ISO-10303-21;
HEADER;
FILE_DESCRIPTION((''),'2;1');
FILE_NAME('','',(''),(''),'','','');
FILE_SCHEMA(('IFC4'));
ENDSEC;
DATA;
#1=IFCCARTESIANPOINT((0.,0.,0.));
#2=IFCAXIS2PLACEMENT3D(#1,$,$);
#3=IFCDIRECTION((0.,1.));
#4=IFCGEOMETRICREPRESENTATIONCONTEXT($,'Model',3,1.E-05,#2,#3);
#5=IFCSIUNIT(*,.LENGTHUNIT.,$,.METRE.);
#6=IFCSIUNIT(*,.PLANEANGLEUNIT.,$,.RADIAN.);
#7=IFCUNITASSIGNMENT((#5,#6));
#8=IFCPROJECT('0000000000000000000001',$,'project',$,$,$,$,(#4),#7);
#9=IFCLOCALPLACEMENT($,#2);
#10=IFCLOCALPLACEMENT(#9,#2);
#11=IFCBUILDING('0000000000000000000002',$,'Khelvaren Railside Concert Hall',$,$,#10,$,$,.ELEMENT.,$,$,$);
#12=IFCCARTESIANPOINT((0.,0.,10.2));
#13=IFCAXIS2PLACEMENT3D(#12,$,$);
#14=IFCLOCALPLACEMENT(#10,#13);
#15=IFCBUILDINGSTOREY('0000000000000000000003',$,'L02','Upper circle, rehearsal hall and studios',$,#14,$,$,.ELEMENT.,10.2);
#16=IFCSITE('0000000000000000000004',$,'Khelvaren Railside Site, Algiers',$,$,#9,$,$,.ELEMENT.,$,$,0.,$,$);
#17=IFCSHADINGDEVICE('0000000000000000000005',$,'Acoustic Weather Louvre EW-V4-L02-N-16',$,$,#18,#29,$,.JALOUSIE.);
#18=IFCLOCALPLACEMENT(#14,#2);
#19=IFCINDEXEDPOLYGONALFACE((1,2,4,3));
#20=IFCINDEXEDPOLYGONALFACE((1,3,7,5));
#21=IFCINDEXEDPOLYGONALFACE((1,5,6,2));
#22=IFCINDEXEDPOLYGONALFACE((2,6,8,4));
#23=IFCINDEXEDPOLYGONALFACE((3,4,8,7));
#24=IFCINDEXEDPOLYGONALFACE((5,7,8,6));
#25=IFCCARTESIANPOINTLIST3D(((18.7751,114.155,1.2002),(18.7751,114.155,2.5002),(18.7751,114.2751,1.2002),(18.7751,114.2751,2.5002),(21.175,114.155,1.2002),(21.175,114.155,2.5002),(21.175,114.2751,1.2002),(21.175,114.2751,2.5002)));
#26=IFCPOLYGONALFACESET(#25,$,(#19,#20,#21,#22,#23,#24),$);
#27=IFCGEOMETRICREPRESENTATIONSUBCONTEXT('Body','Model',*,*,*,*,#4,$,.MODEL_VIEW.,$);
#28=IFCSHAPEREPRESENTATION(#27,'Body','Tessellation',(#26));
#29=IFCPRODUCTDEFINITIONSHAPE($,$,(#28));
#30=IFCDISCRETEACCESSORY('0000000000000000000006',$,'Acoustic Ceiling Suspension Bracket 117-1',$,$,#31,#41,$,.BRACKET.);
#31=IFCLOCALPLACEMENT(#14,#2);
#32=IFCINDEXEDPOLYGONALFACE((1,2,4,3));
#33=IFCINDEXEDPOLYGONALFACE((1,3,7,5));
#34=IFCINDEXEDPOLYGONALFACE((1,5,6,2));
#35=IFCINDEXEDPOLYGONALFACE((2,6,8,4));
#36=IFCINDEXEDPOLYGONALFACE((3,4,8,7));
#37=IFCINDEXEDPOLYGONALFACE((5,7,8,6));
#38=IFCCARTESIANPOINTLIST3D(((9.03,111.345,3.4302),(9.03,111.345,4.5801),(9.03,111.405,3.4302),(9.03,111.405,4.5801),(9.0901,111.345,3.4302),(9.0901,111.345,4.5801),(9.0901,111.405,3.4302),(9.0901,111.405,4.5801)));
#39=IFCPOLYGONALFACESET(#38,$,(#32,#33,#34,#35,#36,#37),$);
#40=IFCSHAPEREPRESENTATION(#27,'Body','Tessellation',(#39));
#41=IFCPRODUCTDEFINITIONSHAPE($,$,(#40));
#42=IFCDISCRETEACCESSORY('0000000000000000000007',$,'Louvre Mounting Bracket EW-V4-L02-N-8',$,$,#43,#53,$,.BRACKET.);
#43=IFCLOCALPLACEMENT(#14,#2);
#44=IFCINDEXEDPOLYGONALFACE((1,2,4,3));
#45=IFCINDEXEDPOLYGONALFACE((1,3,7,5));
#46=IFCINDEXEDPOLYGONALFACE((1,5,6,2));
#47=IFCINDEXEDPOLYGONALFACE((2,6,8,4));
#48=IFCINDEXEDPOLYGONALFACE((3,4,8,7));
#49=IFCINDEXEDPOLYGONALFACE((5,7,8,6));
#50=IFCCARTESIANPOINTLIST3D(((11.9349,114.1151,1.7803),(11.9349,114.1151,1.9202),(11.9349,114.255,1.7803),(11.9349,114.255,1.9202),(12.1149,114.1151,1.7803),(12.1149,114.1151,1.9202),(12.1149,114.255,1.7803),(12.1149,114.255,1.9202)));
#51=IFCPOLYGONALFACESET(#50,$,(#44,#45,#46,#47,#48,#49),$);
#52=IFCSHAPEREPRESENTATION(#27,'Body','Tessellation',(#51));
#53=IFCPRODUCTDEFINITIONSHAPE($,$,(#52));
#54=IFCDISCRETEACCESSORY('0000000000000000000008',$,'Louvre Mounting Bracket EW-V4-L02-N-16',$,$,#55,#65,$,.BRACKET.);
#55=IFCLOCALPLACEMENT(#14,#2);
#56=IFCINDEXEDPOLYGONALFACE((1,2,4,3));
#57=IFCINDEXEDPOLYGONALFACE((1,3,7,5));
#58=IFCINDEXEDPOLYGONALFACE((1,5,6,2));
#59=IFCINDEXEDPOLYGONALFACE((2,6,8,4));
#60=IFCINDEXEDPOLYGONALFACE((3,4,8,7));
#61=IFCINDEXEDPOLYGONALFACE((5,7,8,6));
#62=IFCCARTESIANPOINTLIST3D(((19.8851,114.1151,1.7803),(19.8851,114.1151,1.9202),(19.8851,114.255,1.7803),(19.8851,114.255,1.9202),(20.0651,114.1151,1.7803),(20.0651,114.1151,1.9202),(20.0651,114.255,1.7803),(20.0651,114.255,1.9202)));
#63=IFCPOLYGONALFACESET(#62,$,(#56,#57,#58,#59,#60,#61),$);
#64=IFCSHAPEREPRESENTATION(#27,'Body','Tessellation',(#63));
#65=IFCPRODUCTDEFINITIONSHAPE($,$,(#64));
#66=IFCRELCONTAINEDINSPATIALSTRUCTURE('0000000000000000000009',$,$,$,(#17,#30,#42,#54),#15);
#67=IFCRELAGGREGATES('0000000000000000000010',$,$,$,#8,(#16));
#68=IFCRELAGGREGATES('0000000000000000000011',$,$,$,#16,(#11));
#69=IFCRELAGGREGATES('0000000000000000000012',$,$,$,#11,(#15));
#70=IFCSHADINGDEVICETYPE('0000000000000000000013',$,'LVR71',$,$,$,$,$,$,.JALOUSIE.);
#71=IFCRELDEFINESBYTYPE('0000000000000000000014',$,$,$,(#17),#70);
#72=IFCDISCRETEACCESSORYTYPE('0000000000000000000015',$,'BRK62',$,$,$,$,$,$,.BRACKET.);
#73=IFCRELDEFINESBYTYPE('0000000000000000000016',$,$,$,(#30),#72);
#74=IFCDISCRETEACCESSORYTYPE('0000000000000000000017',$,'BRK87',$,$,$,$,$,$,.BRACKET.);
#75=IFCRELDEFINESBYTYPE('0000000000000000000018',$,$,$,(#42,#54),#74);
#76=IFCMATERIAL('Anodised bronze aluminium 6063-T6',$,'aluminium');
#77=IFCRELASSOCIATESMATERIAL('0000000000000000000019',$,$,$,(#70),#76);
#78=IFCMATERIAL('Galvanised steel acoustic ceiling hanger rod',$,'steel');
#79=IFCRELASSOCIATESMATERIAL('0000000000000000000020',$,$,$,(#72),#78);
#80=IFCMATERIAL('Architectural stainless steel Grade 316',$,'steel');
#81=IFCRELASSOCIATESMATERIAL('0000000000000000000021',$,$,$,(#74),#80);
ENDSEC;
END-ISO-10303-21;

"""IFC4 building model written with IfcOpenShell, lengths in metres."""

from ifc_helpers import new_model, si_unit, direction, frame, origin, origin_2d, place, context, subcontext, project, spatial, rectangle, extrude, material, type_object, element, save


model = new_model("IFC4")

# Units and contexts
model_context = context("Model", 3, precision=1e-05, world=origin(), true_north=direction((0.0, 1.0)))
body_context = subcontext(model_context, "Body", "Model", "MODEL_VIEW")
ifc_project = project(units=[si_unit("LENGTHUNIT", "METRE"), si_unit("PLANEANGLEUNIT", "RADIAN")], contexts=[model_context])

# Site, building, storey
site_placement = place(None, origin())
site = spatial("IfcSite", under=ifc_project, at=site_placement, Name="Khelvaren Railside Site, Algiers", CompositionType="ELEMENT", RefElevation=0.0)
building_placement = place(site_placement, origin())
building = spatial("IfcBuilding", under=site, at=building_placement, Name="Khelvaren Railside Concert Hall", CompositionType="ELEMENT")
storey_placement = place(building_placement, frame((0.0, 0.0, 10.2)))
storey = spatial("IfcBuildingStorey", under=building, at=storey_placement, Name="L02", Description="Upper circle, rehearsal hall and studios", CompositionType="ELEMENT", Elevation=10.2)

# Shading device
ifc_material_1 = material(Name="Anodised bronze aluminium 6063-T6", Category="aluminium")
shading_device_type = type_object("IfcShadingDeviceType", Name="LVR71", PredefinedType="JALOUSIE", material=ifc_material_1)
for number, where, z_axis, x_axis, name in (
    (1, (19.9751, 114.2151, 1.2002), (0.0, 0.0, 1.0), (1.0, 0.0, 0.0), "Acoustic Weather Louvre EW-V4-L02-N-16"),
):
    element("IfcShadingDevice", number, at=place(storey_placement, frame(where, z_axis=z_axis, x_axis=x_axis)), inside=storey, type_object=shading_device_type, Name=name, PredefinedType="JALOUSIE", context=body_context, shape_type="SweptSolid", body=[
        extrude(rectangle(XDim=2.3999, YDim=0.1201, at=origin_2d()), origin(), (0.0, 0.0, 1.0), 1.3),
    ])

# Discrete accessories
ifc_material_2 = material(Name="Galvanised steel acoustic ceiling hanger rod", Category="steel")
discrete_accessory_type_1 = type_object("IfcDiscreteAccessoryType", Name="BRK62", PredefinedType="BRACKET", material=ifc_material_2)
discrete_accessory_placement = place(storey_placement, frame((9.0601, 111.375, 3.4302), z_axis=(0.0, 0.0, 1.0), x_axis=(1.0, 0.0, 0.0)))
element("IfcDiscreteAccessory", 2, at=discrete_accessory_placement, inside=storey, type_object=discrete_accessory_type_1, Name="Acoustic Ceiling Suspension Bracket 117-1", PredefinedType="BRACKET", context=body_context, shape_type="SweptSolid", body=[
    extrude(rectangle(XDim=0.0601, YDim=0.0601, at=origin_2d()), origin(), (0.0, 0.0, 1.0), 1.1499),
])
ifc_material_3 = material(Name="Architectural stainless steel Grade 316", Category="steel")
discrete_accessory_type_2 = type_object("IfcDiscreteAccessoryType", Name="BRK87", PredefinedType="BRACKET", material=ifc_material_3)
for number, where, z_axis, x_axis, name in (
    (3, (12.0249, 114.1851, 1.7803), (0.0, 0.0, 1.0), (1.0, 0.0, 0.0), "Louvre Mounting Bracket EW-V4-L02-N-8"),
    (4, (19.9751, 114.1851, 1.7803), (0.0, 0.0, 1.0), (1.0, 0.0, 0.0), "Louvre Mounting Bracket EW-V4-L02-N-16"),
):
    element("IfcDiscreteAccessory", number, at=place(storey_placement, frame(where, z_axis=z_axis, x_axis=x_axis)), inside=storey, type_object=discrete_accessory_type_2, Name=name, PredefinedType="BRACKET", context=body_context, shape_type="SweptSolid", body=[
        extrude(rectangle(XDim=0.1799, YDim=0.1399, at=origin_2d()), origin(), (0.0, 0.0, 1.0), 0.1399),
    ])

save(model, "model.ifc")
